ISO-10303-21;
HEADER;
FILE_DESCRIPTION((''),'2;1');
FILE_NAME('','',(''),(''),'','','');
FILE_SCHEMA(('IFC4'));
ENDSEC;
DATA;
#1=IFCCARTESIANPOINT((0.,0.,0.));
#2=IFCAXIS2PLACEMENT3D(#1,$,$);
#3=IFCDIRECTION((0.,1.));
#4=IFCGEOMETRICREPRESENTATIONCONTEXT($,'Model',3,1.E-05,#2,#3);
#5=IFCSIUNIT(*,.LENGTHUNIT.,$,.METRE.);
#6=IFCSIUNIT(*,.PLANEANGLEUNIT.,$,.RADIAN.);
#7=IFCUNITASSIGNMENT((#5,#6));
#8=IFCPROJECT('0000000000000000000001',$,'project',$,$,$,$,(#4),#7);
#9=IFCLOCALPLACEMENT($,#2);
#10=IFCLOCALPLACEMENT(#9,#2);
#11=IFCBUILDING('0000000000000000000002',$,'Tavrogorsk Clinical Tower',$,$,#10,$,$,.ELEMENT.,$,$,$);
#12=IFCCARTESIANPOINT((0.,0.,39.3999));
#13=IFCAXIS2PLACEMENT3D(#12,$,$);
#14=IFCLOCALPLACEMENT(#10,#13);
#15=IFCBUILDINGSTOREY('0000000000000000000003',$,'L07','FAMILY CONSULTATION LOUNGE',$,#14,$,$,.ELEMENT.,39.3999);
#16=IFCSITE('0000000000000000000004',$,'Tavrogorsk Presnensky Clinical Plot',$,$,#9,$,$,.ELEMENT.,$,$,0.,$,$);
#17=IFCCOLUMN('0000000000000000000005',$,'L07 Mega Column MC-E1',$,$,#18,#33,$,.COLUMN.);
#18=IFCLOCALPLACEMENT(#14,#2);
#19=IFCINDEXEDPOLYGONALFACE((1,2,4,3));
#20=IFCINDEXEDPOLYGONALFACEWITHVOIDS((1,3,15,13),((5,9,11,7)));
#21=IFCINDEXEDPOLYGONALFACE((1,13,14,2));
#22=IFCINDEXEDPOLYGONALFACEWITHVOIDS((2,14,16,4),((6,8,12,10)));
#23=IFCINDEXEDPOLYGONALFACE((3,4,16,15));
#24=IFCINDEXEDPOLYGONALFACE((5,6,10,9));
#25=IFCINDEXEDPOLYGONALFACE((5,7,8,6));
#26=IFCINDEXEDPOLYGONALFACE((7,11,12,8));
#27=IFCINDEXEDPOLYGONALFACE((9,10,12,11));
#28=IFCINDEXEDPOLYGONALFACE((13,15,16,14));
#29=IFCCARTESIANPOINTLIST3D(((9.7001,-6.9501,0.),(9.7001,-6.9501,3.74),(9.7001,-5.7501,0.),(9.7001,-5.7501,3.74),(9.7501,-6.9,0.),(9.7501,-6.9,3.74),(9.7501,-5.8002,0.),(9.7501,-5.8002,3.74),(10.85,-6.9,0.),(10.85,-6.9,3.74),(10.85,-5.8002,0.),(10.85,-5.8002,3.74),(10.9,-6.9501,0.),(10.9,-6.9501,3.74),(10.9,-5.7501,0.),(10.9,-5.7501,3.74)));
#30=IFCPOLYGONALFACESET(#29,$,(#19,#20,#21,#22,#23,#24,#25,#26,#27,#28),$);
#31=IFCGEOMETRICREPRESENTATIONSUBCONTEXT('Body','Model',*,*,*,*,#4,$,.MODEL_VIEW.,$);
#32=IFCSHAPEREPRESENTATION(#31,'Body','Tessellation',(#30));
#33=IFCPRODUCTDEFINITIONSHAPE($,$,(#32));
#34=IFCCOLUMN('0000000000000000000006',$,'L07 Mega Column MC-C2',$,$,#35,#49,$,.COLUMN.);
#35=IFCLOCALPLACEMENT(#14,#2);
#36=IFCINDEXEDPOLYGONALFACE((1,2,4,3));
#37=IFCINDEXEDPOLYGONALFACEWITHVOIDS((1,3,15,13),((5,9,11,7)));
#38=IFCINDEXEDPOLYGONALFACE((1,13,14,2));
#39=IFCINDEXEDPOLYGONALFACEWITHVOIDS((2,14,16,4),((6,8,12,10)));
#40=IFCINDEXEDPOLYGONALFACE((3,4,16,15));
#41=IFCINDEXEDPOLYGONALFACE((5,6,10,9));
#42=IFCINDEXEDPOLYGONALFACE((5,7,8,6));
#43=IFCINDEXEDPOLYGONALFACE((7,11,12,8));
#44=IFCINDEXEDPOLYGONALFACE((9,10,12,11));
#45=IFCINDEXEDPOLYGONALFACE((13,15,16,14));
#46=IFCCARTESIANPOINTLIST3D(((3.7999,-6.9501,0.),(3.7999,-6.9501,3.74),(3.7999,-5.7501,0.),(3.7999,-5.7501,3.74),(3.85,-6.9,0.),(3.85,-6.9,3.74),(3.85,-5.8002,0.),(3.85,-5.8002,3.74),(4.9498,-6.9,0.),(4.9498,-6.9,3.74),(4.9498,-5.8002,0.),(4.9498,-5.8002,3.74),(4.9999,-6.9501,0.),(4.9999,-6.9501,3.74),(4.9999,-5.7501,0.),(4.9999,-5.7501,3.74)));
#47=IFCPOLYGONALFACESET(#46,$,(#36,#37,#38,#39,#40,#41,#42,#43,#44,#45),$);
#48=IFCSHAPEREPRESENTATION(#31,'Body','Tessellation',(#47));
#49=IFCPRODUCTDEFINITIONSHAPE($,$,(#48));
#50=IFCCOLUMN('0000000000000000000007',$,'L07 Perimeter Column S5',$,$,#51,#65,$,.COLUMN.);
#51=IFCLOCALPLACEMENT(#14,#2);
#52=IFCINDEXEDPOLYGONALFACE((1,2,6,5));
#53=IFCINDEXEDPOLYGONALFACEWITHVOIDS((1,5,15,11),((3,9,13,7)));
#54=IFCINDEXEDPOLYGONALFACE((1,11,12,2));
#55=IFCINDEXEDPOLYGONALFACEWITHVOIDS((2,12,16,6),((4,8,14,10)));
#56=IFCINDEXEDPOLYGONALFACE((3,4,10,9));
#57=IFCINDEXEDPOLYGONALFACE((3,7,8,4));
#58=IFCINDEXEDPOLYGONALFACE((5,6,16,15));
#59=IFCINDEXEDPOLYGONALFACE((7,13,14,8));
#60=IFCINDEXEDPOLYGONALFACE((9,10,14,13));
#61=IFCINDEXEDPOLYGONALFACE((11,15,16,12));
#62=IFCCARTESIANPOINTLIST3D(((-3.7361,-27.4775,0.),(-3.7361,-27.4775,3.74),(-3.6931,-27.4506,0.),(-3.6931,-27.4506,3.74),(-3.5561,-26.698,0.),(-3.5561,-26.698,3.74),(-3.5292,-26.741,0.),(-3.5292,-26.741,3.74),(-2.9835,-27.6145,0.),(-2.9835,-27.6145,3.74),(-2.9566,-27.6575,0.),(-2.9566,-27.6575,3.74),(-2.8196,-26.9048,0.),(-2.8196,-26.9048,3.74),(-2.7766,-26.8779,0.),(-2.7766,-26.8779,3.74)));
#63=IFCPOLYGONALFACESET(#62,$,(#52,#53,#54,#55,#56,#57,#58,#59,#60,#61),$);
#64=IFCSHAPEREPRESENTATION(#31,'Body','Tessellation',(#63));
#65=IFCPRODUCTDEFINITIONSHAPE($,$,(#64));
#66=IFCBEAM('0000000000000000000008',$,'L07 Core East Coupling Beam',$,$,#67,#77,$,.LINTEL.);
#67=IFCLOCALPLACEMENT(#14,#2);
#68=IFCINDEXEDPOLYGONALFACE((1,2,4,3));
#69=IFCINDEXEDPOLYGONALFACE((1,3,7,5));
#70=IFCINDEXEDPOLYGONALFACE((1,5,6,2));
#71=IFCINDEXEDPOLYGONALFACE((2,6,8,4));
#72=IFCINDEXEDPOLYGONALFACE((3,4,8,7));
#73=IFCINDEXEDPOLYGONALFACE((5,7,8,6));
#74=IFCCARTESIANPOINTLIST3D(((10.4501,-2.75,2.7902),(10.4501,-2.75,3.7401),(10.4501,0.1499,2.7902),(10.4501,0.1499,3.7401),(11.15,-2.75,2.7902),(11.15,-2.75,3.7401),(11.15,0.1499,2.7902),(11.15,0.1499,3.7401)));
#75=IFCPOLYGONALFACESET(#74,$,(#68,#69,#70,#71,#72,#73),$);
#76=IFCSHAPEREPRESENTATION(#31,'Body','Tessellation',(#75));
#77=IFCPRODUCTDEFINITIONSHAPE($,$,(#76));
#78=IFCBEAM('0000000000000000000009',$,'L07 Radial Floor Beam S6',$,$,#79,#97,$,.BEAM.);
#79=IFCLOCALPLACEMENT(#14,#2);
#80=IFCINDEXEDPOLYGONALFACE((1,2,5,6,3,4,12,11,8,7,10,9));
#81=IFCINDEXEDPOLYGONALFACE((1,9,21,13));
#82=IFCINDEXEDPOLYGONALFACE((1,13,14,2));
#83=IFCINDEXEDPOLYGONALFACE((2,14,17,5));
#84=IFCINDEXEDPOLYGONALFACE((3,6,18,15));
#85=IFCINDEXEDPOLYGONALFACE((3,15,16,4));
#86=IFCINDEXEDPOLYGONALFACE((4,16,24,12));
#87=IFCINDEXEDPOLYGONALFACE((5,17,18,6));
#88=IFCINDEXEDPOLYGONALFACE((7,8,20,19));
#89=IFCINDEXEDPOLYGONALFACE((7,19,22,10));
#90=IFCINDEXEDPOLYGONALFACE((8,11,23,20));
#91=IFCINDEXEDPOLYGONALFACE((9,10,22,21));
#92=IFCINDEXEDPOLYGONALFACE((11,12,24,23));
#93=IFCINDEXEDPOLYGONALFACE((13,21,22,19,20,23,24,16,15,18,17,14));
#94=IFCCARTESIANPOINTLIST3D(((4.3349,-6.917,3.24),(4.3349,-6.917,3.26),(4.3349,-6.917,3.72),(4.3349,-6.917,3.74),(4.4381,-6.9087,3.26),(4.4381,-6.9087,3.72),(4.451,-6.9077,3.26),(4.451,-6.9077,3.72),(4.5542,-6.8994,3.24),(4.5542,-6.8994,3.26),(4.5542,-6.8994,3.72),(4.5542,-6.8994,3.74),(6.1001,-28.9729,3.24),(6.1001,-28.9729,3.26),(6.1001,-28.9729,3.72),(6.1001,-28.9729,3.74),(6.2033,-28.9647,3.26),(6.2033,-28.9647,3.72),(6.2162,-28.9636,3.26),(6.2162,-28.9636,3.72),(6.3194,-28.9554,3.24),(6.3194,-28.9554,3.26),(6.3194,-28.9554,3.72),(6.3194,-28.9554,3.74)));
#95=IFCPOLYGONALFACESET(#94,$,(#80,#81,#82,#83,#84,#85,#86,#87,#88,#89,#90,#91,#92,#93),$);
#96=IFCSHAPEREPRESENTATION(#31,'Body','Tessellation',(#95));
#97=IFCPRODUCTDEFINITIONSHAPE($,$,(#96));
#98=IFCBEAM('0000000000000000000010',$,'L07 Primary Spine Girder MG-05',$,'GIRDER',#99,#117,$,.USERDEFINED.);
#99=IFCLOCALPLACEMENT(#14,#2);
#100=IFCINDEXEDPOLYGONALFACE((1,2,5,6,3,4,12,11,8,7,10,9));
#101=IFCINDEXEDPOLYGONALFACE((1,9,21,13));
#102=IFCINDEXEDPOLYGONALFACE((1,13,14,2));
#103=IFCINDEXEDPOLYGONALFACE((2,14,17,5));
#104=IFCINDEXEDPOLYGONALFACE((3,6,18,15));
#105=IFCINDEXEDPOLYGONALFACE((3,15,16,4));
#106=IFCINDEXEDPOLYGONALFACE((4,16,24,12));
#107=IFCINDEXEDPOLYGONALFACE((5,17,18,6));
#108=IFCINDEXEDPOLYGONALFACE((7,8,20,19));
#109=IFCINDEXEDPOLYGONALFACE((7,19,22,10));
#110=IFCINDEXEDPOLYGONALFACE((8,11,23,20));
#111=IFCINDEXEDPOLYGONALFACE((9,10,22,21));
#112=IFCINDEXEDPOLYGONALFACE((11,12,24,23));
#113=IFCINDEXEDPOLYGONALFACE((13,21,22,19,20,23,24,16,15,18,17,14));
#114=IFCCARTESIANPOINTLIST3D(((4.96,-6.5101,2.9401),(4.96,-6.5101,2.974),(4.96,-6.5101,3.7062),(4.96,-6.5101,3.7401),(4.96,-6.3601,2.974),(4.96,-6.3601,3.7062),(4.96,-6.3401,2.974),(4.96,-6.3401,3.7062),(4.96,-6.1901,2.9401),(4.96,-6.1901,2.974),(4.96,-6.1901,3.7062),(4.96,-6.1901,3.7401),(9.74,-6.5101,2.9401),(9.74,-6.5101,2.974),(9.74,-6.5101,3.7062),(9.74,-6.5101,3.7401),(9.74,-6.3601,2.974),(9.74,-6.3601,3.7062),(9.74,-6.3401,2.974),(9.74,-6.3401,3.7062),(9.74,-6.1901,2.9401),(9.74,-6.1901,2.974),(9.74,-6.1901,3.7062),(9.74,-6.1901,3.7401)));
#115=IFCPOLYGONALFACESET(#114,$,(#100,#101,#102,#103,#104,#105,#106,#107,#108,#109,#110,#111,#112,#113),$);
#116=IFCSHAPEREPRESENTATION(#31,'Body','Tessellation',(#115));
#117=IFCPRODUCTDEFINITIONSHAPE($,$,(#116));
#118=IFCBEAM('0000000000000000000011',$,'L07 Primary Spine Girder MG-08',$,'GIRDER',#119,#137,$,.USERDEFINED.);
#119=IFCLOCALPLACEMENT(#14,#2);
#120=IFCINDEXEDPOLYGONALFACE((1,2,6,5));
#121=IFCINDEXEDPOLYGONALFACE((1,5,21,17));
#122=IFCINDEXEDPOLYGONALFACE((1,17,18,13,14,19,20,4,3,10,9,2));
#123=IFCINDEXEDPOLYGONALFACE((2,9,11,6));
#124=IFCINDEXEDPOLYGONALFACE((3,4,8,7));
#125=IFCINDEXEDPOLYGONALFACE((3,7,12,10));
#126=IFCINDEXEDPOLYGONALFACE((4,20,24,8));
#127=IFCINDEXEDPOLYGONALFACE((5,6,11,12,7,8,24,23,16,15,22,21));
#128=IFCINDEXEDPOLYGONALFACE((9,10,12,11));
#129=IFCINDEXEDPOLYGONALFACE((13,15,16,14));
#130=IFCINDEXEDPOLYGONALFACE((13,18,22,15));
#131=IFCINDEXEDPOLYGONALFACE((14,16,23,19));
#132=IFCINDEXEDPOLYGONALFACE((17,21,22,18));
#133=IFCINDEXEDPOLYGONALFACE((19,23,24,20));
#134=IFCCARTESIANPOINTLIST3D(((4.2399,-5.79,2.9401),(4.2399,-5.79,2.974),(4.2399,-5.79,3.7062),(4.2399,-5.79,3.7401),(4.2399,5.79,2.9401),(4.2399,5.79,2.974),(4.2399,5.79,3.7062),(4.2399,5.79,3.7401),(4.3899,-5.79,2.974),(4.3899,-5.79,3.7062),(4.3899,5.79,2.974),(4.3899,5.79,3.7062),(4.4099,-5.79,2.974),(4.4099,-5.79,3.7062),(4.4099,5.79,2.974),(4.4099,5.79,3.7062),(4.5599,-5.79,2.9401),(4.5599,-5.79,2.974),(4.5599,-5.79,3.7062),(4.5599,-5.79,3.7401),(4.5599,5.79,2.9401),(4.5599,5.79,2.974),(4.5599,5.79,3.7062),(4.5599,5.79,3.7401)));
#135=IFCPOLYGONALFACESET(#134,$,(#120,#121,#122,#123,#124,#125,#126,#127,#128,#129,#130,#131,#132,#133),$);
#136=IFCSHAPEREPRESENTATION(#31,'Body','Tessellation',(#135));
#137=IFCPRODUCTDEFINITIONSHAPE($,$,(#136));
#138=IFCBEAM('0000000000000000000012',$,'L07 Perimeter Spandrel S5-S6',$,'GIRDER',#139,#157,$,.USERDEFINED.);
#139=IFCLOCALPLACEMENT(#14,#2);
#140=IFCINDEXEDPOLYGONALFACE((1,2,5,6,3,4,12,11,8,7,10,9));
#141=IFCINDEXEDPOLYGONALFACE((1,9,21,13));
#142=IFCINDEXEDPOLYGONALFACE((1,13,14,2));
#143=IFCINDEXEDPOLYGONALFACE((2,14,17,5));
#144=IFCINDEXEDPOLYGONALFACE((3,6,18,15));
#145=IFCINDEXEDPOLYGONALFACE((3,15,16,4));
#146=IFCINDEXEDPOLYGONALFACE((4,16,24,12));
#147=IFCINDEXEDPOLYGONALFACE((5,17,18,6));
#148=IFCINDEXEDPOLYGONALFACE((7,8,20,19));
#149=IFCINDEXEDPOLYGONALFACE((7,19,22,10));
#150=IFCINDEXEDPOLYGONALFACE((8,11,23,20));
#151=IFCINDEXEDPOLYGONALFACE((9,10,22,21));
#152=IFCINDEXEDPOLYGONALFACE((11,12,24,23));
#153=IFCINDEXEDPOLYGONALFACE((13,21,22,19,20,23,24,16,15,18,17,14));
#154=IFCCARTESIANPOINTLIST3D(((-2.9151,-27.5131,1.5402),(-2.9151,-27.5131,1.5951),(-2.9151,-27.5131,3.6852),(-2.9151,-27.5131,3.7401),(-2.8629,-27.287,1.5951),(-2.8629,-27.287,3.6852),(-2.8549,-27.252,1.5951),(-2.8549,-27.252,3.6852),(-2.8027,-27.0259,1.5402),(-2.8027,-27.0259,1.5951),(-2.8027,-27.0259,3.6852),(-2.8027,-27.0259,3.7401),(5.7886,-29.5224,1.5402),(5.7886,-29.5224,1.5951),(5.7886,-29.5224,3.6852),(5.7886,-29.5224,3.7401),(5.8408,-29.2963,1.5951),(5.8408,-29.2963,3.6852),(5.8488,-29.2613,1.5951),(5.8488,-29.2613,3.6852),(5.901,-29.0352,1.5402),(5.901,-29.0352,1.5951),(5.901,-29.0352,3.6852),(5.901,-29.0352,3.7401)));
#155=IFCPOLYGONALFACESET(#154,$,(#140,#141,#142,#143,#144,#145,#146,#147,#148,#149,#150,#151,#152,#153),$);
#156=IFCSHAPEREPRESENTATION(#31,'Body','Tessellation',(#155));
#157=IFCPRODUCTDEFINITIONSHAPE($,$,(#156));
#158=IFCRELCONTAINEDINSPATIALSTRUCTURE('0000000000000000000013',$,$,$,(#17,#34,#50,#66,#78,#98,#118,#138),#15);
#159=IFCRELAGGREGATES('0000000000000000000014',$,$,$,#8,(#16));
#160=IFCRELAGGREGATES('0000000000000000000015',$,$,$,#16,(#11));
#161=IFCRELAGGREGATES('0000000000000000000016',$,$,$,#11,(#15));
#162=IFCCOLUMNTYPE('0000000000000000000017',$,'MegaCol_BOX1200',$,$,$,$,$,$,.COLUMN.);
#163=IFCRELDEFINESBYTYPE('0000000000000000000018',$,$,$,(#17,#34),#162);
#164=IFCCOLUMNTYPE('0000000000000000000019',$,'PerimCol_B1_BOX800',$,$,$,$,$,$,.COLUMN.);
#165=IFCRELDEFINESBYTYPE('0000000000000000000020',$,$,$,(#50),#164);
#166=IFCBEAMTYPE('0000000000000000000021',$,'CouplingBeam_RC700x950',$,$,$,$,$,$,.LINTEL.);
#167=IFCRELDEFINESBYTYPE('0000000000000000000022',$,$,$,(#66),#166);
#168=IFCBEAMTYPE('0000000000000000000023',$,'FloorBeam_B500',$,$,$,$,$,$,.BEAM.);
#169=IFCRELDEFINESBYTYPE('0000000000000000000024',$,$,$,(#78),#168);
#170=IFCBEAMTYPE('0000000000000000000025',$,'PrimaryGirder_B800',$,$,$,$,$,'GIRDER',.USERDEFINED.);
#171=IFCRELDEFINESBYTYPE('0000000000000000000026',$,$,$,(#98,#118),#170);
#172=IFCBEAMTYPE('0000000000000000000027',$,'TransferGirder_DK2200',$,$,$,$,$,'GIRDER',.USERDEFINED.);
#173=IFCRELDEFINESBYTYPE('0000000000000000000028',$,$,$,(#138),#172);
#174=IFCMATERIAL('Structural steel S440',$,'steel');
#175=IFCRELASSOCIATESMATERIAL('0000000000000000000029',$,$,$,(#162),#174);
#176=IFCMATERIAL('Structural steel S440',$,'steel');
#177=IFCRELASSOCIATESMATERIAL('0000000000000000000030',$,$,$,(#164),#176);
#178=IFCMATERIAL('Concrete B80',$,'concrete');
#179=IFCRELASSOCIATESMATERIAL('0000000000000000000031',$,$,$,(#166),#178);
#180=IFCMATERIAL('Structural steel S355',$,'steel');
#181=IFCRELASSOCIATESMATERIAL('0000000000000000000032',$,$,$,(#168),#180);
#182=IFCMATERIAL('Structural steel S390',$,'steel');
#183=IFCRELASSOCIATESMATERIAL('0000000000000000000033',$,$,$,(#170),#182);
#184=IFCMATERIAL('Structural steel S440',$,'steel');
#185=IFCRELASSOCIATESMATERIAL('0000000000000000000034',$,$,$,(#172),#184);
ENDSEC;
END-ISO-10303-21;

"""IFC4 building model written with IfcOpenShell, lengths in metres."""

from ifc_helpers import new_model, si_unit, direction, frame, origin, origin_2d, place, context, subcontext, project, spatial, rectangle, hollow_rectangle, i_section, extrude, material, material_profile, profile_set, type_object, element, save


model = new_model("IFC4")

# Units and contexts
model_context = context("Model", 3, precision=1e-05, world=origin(), true_north=direction((0.0, 1.0)))
body_context = subcontext(model_context, "Body", "Model", "MODEL_VIEW")
ifc_project = project(units=[si_unit("LENGTHUNIT", "METRE"), si_unit("PLANEANGLEUNIT", "RADIAN")], contexts=[model_context])

# Site, building, storey
site_placement = place(None, origin())
site = spatial("IfcSite", under=ifc_project, at=site_placement, Name="Tavrogorsk Presnensky Clinical Plot", CompositionType="ELEMENT", RefElevation=0.0)
building_placement = place(site_placement, origin())
building = spatial("IfcBuilding", under=site, at=building_placement, Name="Tavrogorsk Clinical Tower", CompositionType="ELEMENT")
storey_placement = place(building_placement, frame((0.0, 0.0, 39.3999)))
storey = spatial("IfcBuildingStorey", under=building, at=storey_placement, Name="L07", Description="FAMILY CONSULTATION LOUNGE", CompositionType="ELEMENT", Elevation=39.3999)

# Columns
ifc_material_1 = material(Name="Structural steel S440", Category="steel")
ifc_material_profile_1 = material_profile(ifc_material_1, hollow_rectangle(XDim=1.2, YDim=1.2, WallThickness=0.05, at=origin_2d()), Name="BOX-1200x1200x50")
ifc_profile_set_1 = profile_set([ifc_material_profile_1], Name="Structural steel S440")
column_type_1 = type_object("IfcColumnType", Name="MegaCol_BOX1200", PredefinedType="COLUMN", material=ifc_profile_set_1)
for number, where, z_axis, x_axis, name in (
    (1, (10.3, -6.3501, 0.0), (0.0, 0.0, 1.0), (1.0, 0.0, 0.0), "L07 Mega Column MC-E1"),
    (2, (4.3999, -6.3501, 0.0), (0.0, 0.0, 1.0), (1.0, 0.0, 0.0), "L07 Mega Column MC-C2"),
):
    element("IfcColumn", number, at=place(storey_placement, frame(where, z_axis=z_axis, x_axis=x_axis)), inside=storey, type_object=column_type_1, Name=name, PredefinedType="COLUMN", context=body_context, shape_type="SweptSolid", body=[
        extrude(hollow_rectangle(XDim=1.2, YDim=1.2, WallThickness=0.05, at=origin_2d()), origin(), (0.0, 0.0, 1.0), 3.74),
    ])
ifc_material_2 = material(Name="Structural steel S440", Category="steel")
ifc_material_profile_2 = material_profile(ifc_material_2, hollow_rectangle(XDim=0.8, YDim=0.8, WallThickness=0.0359, at=origin_2d()), Name="BOX-800x800x36")
ifc_profile_set_2 = profile_set([ifc_material_profile_2], Name="Structural steel S440")
column_type_2 = type_object("IfcColumnType", Name="PerimCol_B1_BOX800", PredefinedType="COLUMN", material=ifc_profile_set_2)
column_placement = place(storey_placement, frame((-3.2563, -27.1777, 0.0), z_axis=(0.0, 0.0, 1.0), x_axis=(0.97437, -0.224951, 0.0)))
element("IfcColumn", 3, at=column_placement, inside=storey, type_object=column_type_2, Name="L07 Perimeter Column S5", PredefinedType="COLUMN", context=body_context, shape_type="SweptSolid", body=[
    extrude(hollow_rectangle(XDim=0.8, YDim=0.8, WallThickness=0.0359, at=origin_2d()), origin(), (0.0, 0.0, 1.0), 3.74),
])

# Beams
ifc_material_3 = material(Name="Concrete B80", Category="concrete")
ifc_material_profile_3 = material_profile(ifc_material_3, rectangle(XDim=0.7, YDim=0.95, at=origin_2d()), Name="RC-CB-700x950")
ifc_profile_set_3 = profile_set([ifc_material_profile_3], Name="Concrete B80")
beam_type_1 = type_object("IfcBeamType", Name="CouplingBeam_RC700x950", PredefinedType="LINTEL", material=ifc_profile_set_3)
beam_1_placement = place(storey_placement, frame((10.8, -2.75, 3.2651), z_axis=(0.0, 1.0, 0.0), x_axis=(-1.0, 0.0, 0.0)))
element("IfcBeam", 4, at=beam_1_placement, inside=storey, type_object=beam_type_1, Name="L07 Core East Coupling Beam", PredefinedType="LINTEL", context=body_context, shape_type="SweptSolid", body=[
    extrude(rectangle(XDim=0.7, YDim=0.95, at=origin_2d()), origin(), (0.0, 0.0, 1.0), 2.8999),
])
ifc_material_4 = material(Name="Structural steel S355", Category="steel")
ifc_material_profile_4 = material_profile(ifc_material_4, i_section(OverallWidth=0.22, OverallDepth=0.5, WebThickness=0.0129, FlangeThickness=0.02, at=origin_2d()), Name="B-500x220x13x20")
ifc_profile_set_4 = profile_set([ifc_material_profile_4], Name="Structural steel S355")
beam_type_2 = type_object("IfcBeamType", Name="FloorBeam_B500", PredefinedType="BEAM", material=ifc_profile_set_4)
beam_2_placement = place(storey_placement, frame((4.4446, -6.9082, 3.49), z_axis=(0.079775, -0.996813, 0.0), x_axis=(0.996813, 0.079775, 0.0)))
element("IfcBeam", 5, at=beam_2_placement, inside=storey, type_object=beam_type_2, Name="L07 Radial Floor Beam S6", PredefinedType="BEAM", context=body_context, shape_type="SweptSolid", body=[
    extrude(i_section(OverallWidth=0.22, OverallDepth=0.5, WebThickness=0.0129, FlangeThickness=0.02, at=origin_2d()), origin(), (0.0, 0.0, 1.0), 22.1265),
])
ifc_material_5 = material(Name="Structural steel S390", Category="steel")
ifc_material_profile_5 = material_profile(ifc_material_5, i_section(OverallWidth=0.3201, OverallDepth=0.8, WebThickness=0.02, FlangeThickness=0.0339, at=origin_2d()), Name="B-800x320x20x34")
ifc_profile_set_5 = profile_set([ifc_material_profile_5], Name="Structural steel S390")
beam_type_3 = type_object("IfcBeamType", Name="PrimaryGirder_B800", ElementType="GIRDER", PredefinedType="USERDEFINED", material=ifc_profile_set_5)
beam_3_placement = place(storey_placement, frame((4.96, -6.3501, 3.3401), z_axis=(1.0, 0.0, 0.0), x_axis=(0.0, 1.0, 0.0)))
element("IfcBeam", 6, at=beam_3_placement, inside=storey, type_object=beam_type_3, Name="L07 Primary Spine Girder MG-05", ObjectType="GIRDER", PredefinedType="USERDEFINED", context=body_context, shape_type="SweptSolid", body=[
    extrude(i_section(OverallWidth=0.3201, OverallDepth=0.8, WebThickness=0.02, FlangeThickness=0.0339, at=origin_2d()), origin(), (0.0, 0.0, 1.0), 4.78),
])
beam_4_placement = place(storey_placement, frame((4.3999, -5.79, 3.3401), z_axis=(0.0, 1.0, 0.0), x_axis=(-1.0, 0.0, 0.0)))
element("IfcBeam", 7, at=beam_4_placement, inside=storey, type_object=beam_type_3, Name="L07 Primary Spine Girder MG-08", ObjectType="GIRDER", PredefinedType="USERDEFINED", context=body_context, shape_type="SweptSolid", body=[
    extrude(i_section(OverallWidth=0.3201, OverallDepth=0.8, WebThickness=0.02, FlangeThickness=0.0339, at=origin_2d()), origin(), (0.0, 0.0, 1.0), 11.5801),
])
ifc_material_6 = material(Name="Structural steel S440", Category="steel")
ifc_material_profile_6 = material_profile(ifc_material_6, i_section(OverallWidth=0.5, OverallDepth=2.2, WebThickness=0.0359, FlangeThickness=0.0549, at=origin_2d()), Name="DK-2200x500x36x55")
ifc_profile_set_6 = profile_set([ifc_material_profile_6], Name="Structural steel S440")
beam_type_4 = type_object("IfcBeamType", Name="TransferGirder_DK2200", ElementType="GIRDER", PredefinedType="USERDEFINED", material=ifc_profile_set_6)
beam_5_placement = place(storey_placement, frame((-2.8589, -27.2695, 2.6401), z_axis=(0.974373, -0.224939, 0.0), x_axis=(0.224939, 0.974373, 0.0)))
element("IfcBeam", 8, at=beam_5_placement, inside=storey, type_object=beam_type_4, Name="L07 Perimeter Spandrel S5-S6", ObjectType="GIRDER", PredefinedType="USERDEFINED", context=body_context, shape_type="SweptSolid", body=[
    extrude(i_section(OverallWidth=0.5, OverallDepth=2.2, WebThickness=0.0359, FlangeThickness=0.0549, at=origin_2d()), origin(), (0.0, 0.0, 1.0), 8.9326),
])

save(model, "model.ifc")
